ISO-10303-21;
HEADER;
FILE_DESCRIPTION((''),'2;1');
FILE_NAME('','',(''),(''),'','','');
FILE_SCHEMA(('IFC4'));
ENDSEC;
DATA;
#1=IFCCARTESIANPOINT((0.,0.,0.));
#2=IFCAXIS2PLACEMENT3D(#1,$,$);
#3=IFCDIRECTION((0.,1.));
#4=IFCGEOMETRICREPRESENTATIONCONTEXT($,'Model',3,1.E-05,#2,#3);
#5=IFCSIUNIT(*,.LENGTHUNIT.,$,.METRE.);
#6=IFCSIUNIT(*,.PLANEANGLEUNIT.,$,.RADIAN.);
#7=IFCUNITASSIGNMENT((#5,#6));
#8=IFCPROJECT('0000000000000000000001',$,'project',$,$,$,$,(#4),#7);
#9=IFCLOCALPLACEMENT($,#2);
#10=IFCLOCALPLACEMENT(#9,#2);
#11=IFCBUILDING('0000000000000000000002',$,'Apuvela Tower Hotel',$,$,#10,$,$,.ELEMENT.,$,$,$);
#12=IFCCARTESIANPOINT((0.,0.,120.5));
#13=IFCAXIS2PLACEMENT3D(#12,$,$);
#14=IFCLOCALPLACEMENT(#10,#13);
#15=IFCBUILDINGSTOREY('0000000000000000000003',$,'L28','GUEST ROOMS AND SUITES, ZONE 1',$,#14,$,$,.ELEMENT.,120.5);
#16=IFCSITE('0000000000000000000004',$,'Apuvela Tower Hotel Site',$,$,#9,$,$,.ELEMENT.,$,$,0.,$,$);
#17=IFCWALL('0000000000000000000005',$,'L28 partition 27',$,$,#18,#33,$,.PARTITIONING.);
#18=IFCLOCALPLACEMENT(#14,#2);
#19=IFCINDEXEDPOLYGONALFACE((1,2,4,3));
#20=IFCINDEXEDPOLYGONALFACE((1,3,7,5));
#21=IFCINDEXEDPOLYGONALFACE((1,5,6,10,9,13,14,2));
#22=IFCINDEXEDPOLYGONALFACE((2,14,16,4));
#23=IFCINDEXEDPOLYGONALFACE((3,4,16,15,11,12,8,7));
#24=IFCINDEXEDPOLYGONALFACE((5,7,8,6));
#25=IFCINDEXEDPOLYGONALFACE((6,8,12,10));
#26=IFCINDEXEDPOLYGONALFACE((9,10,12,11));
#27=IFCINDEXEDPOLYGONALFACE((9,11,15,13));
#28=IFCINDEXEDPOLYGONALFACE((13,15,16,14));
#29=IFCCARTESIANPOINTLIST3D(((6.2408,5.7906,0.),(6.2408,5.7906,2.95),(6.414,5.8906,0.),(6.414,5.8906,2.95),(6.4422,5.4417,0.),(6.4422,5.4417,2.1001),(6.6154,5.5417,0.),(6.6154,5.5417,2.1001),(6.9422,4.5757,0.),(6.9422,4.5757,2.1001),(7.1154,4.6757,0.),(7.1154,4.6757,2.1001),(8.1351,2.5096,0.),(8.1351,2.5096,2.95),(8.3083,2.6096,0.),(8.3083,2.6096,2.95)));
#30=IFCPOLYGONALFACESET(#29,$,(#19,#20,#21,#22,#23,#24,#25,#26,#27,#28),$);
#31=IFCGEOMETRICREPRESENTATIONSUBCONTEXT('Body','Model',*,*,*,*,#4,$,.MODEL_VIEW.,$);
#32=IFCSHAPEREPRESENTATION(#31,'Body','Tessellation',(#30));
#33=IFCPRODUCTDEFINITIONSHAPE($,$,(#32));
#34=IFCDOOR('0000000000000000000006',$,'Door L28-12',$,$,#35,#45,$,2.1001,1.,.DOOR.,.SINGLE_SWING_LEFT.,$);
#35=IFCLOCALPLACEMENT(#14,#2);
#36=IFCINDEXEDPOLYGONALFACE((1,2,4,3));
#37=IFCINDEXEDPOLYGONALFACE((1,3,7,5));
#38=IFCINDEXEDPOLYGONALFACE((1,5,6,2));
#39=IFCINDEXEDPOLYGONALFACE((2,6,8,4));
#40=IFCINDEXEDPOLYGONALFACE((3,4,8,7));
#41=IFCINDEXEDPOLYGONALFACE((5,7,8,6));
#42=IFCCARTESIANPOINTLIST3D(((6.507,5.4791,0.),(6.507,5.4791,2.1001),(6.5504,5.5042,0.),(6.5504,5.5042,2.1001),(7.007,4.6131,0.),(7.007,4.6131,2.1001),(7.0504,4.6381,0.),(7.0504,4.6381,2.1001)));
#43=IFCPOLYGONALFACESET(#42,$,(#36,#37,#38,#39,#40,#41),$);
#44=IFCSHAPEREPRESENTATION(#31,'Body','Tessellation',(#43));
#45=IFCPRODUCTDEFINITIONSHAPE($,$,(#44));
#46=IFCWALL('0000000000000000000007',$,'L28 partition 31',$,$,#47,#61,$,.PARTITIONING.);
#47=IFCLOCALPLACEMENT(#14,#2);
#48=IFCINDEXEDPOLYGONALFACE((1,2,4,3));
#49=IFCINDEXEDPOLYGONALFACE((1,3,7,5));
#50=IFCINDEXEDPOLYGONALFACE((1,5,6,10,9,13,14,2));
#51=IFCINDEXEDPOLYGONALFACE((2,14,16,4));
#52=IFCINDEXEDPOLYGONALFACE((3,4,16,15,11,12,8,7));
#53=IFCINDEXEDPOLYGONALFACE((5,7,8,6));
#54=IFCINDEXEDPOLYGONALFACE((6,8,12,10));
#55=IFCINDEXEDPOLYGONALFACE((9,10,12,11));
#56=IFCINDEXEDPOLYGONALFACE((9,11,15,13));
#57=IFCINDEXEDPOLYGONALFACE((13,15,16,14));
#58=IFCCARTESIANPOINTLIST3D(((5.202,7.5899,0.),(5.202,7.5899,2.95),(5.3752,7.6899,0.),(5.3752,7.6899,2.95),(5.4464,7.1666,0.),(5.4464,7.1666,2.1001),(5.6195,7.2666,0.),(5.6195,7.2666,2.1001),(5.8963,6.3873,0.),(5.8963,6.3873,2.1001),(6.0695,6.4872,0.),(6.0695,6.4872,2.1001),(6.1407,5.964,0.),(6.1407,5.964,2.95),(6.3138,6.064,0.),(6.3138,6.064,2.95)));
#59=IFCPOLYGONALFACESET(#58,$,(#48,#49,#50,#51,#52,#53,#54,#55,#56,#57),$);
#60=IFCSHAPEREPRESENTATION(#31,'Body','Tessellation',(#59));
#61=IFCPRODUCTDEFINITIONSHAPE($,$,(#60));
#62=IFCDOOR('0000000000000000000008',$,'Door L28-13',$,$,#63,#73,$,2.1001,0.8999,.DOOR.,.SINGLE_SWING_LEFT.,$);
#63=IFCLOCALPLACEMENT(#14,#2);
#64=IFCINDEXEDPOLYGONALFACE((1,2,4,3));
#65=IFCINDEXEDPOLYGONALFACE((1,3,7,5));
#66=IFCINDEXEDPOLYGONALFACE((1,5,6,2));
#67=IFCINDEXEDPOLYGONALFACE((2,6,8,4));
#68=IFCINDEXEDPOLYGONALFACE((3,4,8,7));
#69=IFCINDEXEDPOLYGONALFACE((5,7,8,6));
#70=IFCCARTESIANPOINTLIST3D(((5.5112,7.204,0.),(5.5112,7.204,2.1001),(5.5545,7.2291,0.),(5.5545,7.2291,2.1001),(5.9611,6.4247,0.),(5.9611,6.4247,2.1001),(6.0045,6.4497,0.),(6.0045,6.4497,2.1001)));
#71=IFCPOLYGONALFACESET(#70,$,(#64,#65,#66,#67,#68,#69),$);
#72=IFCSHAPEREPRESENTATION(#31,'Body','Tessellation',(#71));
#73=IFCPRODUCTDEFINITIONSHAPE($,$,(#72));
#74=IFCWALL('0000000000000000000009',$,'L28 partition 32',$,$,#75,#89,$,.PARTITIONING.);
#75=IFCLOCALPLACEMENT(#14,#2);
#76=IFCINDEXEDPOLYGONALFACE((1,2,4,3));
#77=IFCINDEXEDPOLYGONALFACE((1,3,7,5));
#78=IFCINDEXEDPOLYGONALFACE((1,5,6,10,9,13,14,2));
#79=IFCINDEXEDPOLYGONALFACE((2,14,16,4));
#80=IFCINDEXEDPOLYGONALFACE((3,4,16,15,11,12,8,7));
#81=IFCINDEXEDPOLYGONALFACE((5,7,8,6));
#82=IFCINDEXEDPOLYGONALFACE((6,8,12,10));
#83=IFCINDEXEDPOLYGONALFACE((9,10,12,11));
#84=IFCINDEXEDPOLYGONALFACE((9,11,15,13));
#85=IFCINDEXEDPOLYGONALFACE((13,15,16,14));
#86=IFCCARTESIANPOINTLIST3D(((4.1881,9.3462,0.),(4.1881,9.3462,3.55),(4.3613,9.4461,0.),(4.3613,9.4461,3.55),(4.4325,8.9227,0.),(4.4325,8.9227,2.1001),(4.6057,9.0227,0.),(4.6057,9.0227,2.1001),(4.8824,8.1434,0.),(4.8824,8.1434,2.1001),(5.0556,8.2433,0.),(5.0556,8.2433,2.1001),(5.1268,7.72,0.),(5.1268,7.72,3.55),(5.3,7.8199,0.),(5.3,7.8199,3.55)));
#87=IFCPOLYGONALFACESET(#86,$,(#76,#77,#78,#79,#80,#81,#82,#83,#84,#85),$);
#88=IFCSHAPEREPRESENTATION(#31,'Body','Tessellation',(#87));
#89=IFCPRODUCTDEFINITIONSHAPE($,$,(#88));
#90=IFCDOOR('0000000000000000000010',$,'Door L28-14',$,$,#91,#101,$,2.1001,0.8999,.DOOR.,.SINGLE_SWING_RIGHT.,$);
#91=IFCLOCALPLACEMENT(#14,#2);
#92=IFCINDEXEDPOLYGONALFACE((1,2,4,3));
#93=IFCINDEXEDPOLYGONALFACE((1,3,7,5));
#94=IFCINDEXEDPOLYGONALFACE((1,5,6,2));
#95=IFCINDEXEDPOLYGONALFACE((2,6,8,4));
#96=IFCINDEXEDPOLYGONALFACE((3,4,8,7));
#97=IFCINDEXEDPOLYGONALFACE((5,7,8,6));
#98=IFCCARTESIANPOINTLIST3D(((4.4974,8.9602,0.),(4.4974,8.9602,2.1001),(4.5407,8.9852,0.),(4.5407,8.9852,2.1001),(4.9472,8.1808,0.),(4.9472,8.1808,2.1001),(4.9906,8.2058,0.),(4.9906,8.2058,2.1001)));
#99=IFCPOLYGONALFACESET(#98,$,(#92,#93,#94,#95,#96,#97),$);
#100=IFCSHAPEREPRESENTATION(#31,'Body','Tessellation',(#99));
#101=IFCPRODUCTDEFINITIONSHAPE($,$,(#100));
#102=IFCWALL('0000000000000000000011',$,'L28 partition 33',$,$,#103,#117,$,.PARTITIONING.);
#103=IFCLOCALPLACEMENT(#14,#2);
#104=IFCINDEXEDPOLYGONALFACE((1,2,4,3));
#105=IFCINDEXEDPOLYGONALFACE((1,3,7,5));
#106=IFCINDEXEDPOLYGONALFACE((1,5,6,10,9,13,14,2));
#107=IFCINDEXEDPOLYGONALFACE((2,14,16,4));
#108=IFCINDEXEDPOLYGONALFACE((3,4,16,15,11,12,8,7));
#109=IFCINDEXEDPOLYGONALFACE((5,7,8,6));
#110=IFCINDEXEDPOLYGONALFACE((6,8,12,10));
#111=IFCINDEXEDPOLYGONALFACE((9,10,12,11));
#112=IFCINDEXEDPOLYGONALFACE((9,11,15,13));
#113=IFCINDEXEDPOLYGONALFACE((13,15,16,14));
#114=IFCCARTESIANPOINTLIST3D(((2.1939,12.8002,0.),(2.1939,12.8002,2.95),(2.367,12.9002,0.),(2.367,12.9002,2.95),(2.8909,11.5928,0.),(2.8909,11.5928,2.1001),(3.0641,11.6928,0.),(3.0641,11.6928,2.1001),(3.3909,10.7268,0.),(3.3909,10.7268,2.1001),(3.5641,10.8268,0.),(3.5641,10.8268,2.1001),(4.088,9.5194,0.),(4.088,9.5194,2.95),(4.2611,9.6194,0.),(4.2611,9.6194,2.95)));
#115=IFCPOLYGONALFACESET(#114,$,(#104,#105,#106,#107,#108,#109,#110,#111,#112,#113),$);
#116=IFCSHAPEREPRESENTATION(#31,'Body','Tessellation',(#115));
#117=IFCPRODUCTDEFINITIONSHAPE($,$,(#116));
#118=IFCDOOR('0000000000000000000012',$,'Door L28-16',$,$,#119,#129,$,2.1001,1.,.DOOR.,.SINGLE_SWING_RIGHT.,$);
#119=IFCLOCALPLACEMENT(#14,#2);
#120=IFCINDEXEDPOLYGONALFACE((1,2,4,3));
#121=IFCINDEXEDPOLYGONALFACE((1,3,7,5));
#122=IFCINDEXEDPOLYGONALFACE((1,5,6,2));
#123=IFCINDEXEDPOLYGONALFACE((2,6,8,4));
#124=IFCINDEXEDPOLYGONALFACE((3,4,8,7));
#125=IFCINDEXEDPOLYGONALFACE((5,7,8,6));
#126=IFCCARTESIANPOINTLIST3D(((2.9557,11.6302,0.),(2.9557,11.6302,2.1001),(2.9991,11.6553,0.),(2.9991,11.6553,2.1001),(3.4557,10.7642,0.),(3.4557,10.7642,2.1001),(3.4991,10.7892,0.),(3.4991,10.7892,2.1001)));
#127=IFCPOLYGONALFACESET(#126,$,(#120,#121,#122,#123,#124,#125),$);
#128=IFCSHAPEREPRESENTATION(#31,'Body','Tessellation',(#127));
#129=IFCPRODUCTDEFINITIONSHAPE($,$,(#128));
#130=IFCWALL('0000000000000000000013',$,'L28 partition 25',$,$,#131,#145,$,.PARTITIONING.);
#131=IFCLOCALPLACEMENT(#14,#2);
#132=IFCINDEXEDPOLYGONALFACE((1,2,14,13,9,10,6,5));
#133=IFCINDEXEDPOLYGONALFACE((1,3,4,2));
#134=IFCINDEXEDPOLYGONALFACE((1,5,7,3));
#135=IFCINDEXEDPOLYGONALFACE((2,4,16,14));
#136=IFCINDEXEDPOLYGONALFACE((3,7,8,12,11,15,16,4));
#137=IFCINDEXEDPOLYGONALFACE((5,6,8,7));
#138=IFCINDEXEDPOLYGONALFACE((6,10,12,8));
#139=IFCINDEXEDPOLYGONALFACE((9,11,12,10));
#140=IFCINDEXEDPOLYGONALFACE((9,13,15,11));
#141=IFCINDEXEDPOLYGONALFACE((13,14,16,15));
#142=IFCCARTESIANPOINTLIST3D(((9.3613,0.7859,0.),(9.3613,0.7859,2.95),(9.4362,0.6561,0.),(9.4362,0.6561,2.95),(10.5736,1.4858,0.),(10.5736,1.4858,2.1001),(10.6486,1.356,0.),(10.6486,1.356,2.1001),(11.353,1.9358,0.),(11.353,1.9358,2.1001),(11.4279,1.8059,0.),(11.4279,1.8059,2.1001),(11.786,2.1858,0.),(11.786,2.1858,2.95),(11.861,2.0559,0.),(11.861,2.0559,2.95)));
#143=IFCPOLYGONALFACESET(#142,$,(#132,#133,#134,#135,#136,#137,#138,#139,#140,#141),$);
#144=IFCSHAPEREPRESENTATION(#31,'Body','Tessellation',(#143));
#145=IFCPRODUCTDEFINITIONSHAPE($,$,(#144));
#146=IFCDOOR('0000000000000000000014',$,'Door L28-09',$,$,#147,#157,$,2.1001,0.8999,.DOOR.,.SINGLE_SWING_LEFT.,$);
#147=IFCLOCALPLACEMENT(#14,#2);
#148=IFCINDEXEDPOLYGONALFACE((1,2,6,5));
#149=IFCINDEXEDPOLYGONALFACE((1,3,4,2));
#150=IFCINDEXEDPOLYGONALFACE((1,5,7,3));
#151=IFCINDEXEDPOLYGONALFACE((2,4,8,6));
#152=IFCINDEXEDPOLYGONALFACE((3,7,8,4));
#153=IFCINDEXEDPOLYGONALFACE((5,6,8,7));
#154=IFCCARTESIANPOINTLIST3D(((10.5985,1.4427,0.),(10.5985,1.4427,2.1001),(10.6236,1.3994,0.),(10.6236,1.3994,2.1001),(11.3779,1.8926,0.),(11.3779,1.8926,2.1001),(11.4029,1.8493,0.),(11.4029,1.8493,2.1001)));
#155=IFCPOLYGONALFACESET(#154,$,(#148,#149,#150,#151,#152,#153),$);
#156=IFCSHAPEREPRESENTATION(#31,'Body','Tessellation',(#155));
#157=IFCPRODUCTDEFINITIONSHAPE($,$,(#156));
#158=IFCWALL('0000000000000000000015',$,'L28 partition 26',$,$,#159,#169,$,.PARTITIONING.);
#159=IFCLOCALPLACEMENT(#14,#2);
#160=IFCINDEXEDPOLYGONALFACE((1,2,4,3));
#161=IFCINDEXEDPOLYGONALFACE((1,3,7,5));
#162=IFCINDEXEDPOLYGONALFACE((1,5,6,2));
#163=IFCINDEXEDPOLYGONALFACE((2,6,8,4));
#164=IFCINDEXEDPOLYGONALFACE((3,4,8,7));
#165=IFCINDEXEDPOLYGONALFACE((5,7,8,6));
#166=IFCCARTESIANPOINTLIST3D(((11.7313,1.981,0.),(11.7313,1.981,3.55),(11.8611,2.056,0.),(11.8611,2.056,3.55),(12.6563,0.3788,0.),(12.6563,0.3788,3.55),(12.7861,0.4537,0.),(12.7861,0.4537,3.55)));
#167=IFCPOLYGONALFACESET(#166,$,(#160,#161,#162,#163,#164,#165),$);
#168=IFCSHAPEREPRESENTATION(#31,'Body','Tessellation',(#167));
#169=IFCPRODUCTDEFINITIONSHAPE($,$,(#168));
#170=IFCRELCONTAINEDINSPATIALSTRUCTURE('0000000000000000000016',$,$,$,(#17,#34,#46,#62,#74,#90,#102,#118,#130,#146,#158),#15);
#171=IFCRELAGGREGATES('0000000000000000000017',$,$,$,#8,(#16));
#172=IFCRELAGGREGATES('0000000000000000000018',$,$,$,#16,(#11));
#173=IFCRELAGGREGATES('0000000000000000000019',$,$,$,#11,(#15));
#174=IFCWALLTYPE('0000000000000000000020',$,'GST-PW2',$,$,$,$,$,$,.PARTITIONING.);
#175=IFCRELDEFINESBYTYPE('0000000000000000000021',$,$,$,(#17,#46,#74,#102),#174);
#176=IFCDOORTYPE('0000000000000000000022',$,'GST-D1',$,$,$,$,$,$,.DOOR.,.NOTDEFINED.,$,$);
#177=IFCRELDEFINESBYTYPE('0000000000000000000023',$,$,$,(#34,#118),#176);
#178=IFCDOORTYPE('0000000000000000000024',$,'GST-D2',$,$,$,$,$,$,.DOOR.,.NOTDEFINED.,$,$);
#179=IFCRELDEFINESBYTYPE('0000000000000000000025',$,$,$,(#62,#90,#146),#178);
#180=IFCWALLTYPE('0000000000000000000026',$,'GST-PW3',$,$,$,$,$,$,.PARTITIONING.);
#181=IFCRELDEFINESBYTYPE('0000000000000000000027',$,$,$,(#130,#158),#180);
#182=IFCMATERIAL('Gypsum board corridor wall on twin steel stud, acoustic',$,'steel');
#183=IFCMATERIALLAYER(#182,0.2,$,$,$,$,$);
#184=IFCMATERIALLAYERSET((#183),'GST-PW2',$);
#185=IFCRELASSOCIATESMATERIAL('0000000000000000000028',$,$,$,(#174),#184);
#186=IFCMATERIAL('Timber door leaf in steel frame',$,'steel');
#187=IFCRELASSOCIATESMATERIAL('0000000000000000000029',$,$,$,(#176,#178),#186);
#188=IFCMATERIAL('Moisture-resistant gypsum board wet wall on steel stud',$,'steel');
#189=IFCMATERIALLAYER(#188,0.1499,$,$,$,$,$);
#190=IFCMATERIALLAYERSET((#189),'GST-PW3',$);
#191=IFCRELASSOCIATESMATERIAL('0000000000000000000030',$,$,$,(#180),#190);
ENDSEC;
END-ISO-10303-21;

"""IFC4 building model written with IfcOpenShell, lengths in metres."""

from ifc_helpers import new_model, si_unit, direction, frame, frame_2d, origin, place, context, subcontext, project, spatial, rectangle, extrude, material, layer, layer_set, type_object, element, fill, save


model = new_model("IFC4")

# Units and contexts
model_context = context("Model", 3, precision=1e-05, world=origin(), true_north=direction((0.0, 1.0)))
body_context = subcontext(model_context, "Body", "Model", "MODEL_VIEW")
ifc_project = project(units=[si_unit("LENGTHUNIT", "METRE"), si_unit("PLANEANGLEUNIT", "RADIAN")], contexts=[model_context])

# Site, building, storey
site_placement = place(None, origin())
site = spatial("IfcSite", under=ifc_project, at=site_placement, Name="Apuvela Tower Hotel Site", CompositionType="ELEMENT", RefElevation=0.0)
building_placement = place(site_placement, origin())
building = spatial("IfcBuilding", under=site, at=building_placement, Name="Apuvela Tower Hotel", CompositionType="ELEMENT")
storey_placement = place(building_placement, frame((0.0, 0.0, 120.5)))
storey = spatial("IfcBuildingStorey", under=building, at=storey_placement, Name="L28", Description="GUEST ROOMS AND SUITES, ZONE 1", CompositionType="ELEMENT", Elevation=120.5)

# Walls, openings, doors
ifc_material_1 = material(Name="Gypsum board corridor wall on twin steel stud, acoustic", Category="steel")
ifc_layer_1 = layer(ifc_material_1, 0.2)
ifc_layer_set_1 = layer_set([ifc_layer_1], Name="GST-PW2")
wall_type_1 = type_object("IfcWallType", Name="GST-PW2", PredefinedType="PARTITIONING", material=ifc_layer_set_1)
ifc_material_2 = material(Name="Timber door leaf in steel frame", Category="steel")
door_type_1 = type_object("IfcDoorType", Name="GST-D1", OperationType="NOTDEFINED", PredefinedType="DOOR", material=ifc_material_2)
wall_1_placement = place(storey_placement, frame((6.3274, 5.8406, 0.0), z_axis=(0.0, 0.0, 1.0), x_axis=(0.5, -0.866026, 0.0)))
wall_1 = element("IfcWall", 1, at=wall_1_placement, inside=storey, type_object=wall_type_1, Name="L28 partition 27", PredefinedType="PARTITIONING", context=body_context, shape_type="SweptSolid", body=[
    extrude(rectangle(XDim=3.7886, YDim=0.2, at=frame_2d((1.8943, 0.0))), origin(), (0.0, 0.0, 1.0), 2.95),
])
opening_1_placement = place(wall_1_placement, frame((0.4028, 0.0, 0.0)))
opening_1 = element("IfcOpeningElement", 2, at=opening_1_placement, cuts=wall_1, PredefinedType="OPENING", context=body_context, shape_type="SweptSolid", body=[
    extrude(rectangle(XDim=1.0, YDim=2.1001, at=frame_2d((0.5, 1.05))), frame((0.0, 0.1099, 0.0), z_axis=(0.0, -1.0, 0.0), x_axis=(1.0, 0.0, 0.0)), (0.0, 0.0, 1.0), 0.22),
])
door_1_placement = place(opening_1_placement, origin())
door_1 = element("IfcDoor", 3, at=door_1_placement, inside=storey, type_object=door_type_1, Name="Door L28-12", OperationType="SINGLE_SWING_LEFT", OverallHeight=2.1001, OverallWidth=1.0, PredefinedType="DOOR", context=body_context, shape_type="SweptSolid", body=[
    extrude(rectangle(XDim=1.0, YDim=2.1001, at=frame_2d((0.5, 1.05))), frame((0.0, 0.0249, 0.0), z_axis=(0.0, -1.0, 0.0), x_axis=(1.0, 0.0, 0.0)), (0.0, 0.0, 1.0), 0.05),
])
fill(opening_1, door_1)
wall_2_placement = place(storey_placement, frame((5.2886, 7.6399, 0.0), z_axis=(0.0, 0.0, 1.0), x_axis=(0.499985, -0.866034, 0.0)))
wall_2 = element("IfcWall", 4, at=wall_2_placement, inside=storey, type_object=wall_type_1, Name="L28 partition 31", PredefinedType="PARTITIONING", context=body_context, shape_type="SweptSolid", body=[
    extrude(rectangle(XDim=1.8774, YDim=0.2, at=frame_2d((0.9387, 0.0))), origin(), (0.0, 0.0, 1.0), 2.95),
])
opening_2_placement = place(wall_2_placement, frame((0.4888, 0.0, 0.0)))
opening_2 = element("IfcOpeningElement", 5, at=opening_2_placement, cuts=wall_2, PredefinedType="OPENING", context=body_context, shape_type="SweptSolid", body=[
    extrude(rectangle(XDim=0.8999, YDim=2.1001, at=frame_2d((0.45, 1.05))), frame((0.0, 0.1099, 0.0), z_axis=(0.0, -1.0, 0.0), x_axis=(1.0, 0.0, 0.0)), (0.0, 0.0, 1.0), 0.22),
])
door_type_2 = type_object("IfcDoorType", Name="GST-D2", OperationType="NOTDEFINED", PredefinedType="DOOR", material=ifc_material_2)
door_2_placement = place(opening_2_placement, origin())
door_2 = element("IfcDoor", 6, at=door_2_placement, inside=storey, type_object=door_type_2, Name="Door L28-13", OperationType="SINGLE_SWING_LEFT", OverallHeight=2.1001, OverallWidth=0.8999, PredefinedType="DOOR", context=body_context, shape_type="SweptSolid", body=[
    extrude(rectangle(XDim=0.8999, YDim=2.1001, at=frame_2d((0.45, 1.05))), frame((0.0, 0.0249, 0.0), z_axis=(0.0, -1.0, 0.0), x_axis=(1.0, 0.0, 0.0)), (0.0, 0.0, 1.0), 0.05),
])
fill(opening_2, door_2)
wall_3_placement = place(storey_placement, frame((4.2747, 9.3962, 0.0), z_axis=(0.0, 0.0, 1.0), x_axis=(0.499929, -0.866067, 0.0)))
wall_3 = element("IfcWall", 7, at=wall_3_placement, inside=storey, type_object=wall_type_1, Name="L28 partition 32", PredefinedType="PARTITIONING", context=body_context, shape_type="SweptSolid", body=[
    extrude(rectangle(XDim=1.8777, YDim=0.2, at=frame_2d((0.939, 0.0))), origin(), (0.0, 0.0, 1.0), 3.55),
])
opening_3_placement = place(wall_3_placement, frame((0.489, 0.0, 0.0)))
opening_3 = element("IfcOpeningElement", 8, at=opening_3_placement, cuts=wall_3, PredefinedType="OPENING", context=body_context, shape_type="SweptSolid", body=[
    extrude(rectangle(XDim=0.8999, YDim=2.1001, at=frame_2d((0.45, 1.05))), frame((0.0, 0.1099, 0.0), z_axis=(0.0, -1.0, 0.0), x_axis=(1.0, 0.0, 0.0)), (0.0, 0.0, 1.0), 0.22),
])
door_3_placement = place(opening_3_placement, origin())
door_3 = element("IfcDoor", 9, at=door_3_placement, inside=storey, type_object=door_type_2, Name="Door L28-14", OperationType="SINGLE_SWING_RIGHT", OverallHeight=2.1001, OverallWidth=0.8999, PredefinedType="DOOR", context=body_context, shape_type="SweptSolid", body=[
    extrude(rectangle(XDim=0.8999, YDim=2.1001, at=frame_2d((0.45, 1.05))), frame((0.0, 0.0249, 0.0), z_axis=(0.0, -1.0, 0.0), x_axis=(1.0, 0.0, 0.0)), (0.0, 0.0, 1.0), 0.05),
])
fill(opening_3, door_3)
wall_4_placement = place(storey_placement, frame((2.2805, 12.8501, 0.0), z_axis=(0.0, 0.0, 1.0), x_axis=(0.499979, -0.866037, 0.0)))
wall_4 = element("IfcWall", 10, at=wall_4_placement, inside=storey, type_object=wall_type_1, Name="L28 partition 33", PredefinedType="PARTITIONING", context=body_context, shape_type="SweptSolid", body=[
    extrude(rectangle(XDim=3.7883, YDim=0.2, at=frame_2d((1.894, 0.0))), origin(), (0.0, 0.0, 1.0), 2.95),
])
opening_4_placement = place(wall_4_placement, frame((1.394, 0.0, 0.0)))
opening_4 = element("IfcOpeningElement", 11, at=opening_4_placement, cuts=wall_4, PredefinedType="OPENING", context=body_context, shape_type="SweptSolid", body=[
    extrude(rectangle(XDim=1.0, YDim=2.1001, at=frame_2d((0.5, 1.05))), frame((0.0, 0.1099, 0.0), z_axis=(0.0, -1.0, 0.0), x_axis=(1.0, 0.0, 0.0)), (0.0, 0.0, 1.0), 0.22),
])
door_4_placement = place(opening_4_placement, origin())
door_4 = element("IfcDoor", 12, at=door_4_placement, inside=storey, type_object=door_type_1, Name="Door L28-16", OperationType="SINGLE_SWING_RIGHT", OverallHeight=2.1001, OverallWidth=1.0, PredefinedType="DOOR", context=body_context, shape_type="SweptSolid", body=[
    extrude(rectangle(XDim=1.0, YDim=2.1001, at=frame_2d((0.5, 1.05))), frame((0.0, 0.0249, 0.0), z_axis=(0.0, -1.0, 0.0), x_axis=(1.0, 0.0, 0.0)), (0.0, 0.0, 1.0), 0.05),
])
fill(opening_4, door_4)
ifc_material_3 = material(Name="Moisture-resistant gypsum board wet wall on steel stud", Category="steel")
ifc_layer_2 = layer(ifc_material_3, 0.1499)
ifc_layer_set_2 = layer_set([ifc_layer_2], Name="GST-PW3")
wall_type_2 = type_object("IfcWallType", Name="GST-PW3", PredefinedType="PARTITIONING", material=ifc_layer_set_2)
wall_5_placement = place(storey_placement, frame((11.8235, 2.1208, 0.0), z_axis=(0.0, 0.0, 1.0), x_axis=(-0.866035, -0.499984, 0.0)))
wall_5 = element("IfcWall", 13, at=wall_5_placement, inside=storey, type_object=wall_type_2, Name="L28 partition 25", PredefinedType="PARTITIONING", context=body_context, shape_type="SweptSolid", body=[
    extrude(rectangle(XDim=2.7998, YDim=0.1499, at=frame_2d((1.3999, 0.0))), origin(), (0.0, 0.0, 1.0), 2.95),
])
opening_5_placement = place(wall_5_placement, frame((0.5, 0.0, 0.0)))
opening_5 = element("IfcOpeningElement", 14, at=opening_5_placement, cuts=wall_5, PredefinedType="OPENING", context=body_context, shape_type="SweptSolid", body=[
    extrude(rectangle(XDim=0.8999, YDim=2.1001, at=frame_2d((0.45, 1.05))), frame((0.0, 0.085, 0.0), z_axis=(0.0, -1.0, 0.0), x_axis=(1.0, 0.0, 0.0)), (0.0, 0.0, 1.0), 0.1699),
])
door_5_placement = place(opening_5_placement, origin())
door_5 = element("IfcDoor", 15, at=door_5_placement, inside=storey, type_object=door_type_2, Name="Door L28-09", OperationType="SINGLE_SWING_LEFT", OverallHeight=2.1001, OverallWidth=0.8999, PredefinedType="DOOR", context=body_context, shape_type="SweptSolid", body=[
    extrude(rectangle(XDim=0.8999, YDim=2.1001, at=frame_2d((0.45, 1.05))), frame((0.0, 0.0249, 0.0), z_axis=(0.0, -1.0, 0.0), x_axis=(1.0, 0.0, 0.0)), (0.0, 0.0, 1.0), 0.05),
])
fill(opening_5, door_5)

# Wall
wall_6_placement = place(storey_placement, frame((12.7212, 0.4163, 0.0), z_axis=(0.0, 0.0, 1.0), x_axis=(-0.499985, 0.866034, 0.0)))
element("IfcWall", 16, at=wall_6_placement, inside=storey, type_object=wall_type_2, Name="L28 partition 26", PredefinedType="PARTITIONING", context=body_context, shape_type="SweptSolid", body=[
    extrude(rectangle(XDim=1.8501, YDim=0.1499, at=frame_2d((0.925, 0.0))), origin(), (0.0, 0.0, 1.0), 3.55),
])

save(model, "model.ifc")
